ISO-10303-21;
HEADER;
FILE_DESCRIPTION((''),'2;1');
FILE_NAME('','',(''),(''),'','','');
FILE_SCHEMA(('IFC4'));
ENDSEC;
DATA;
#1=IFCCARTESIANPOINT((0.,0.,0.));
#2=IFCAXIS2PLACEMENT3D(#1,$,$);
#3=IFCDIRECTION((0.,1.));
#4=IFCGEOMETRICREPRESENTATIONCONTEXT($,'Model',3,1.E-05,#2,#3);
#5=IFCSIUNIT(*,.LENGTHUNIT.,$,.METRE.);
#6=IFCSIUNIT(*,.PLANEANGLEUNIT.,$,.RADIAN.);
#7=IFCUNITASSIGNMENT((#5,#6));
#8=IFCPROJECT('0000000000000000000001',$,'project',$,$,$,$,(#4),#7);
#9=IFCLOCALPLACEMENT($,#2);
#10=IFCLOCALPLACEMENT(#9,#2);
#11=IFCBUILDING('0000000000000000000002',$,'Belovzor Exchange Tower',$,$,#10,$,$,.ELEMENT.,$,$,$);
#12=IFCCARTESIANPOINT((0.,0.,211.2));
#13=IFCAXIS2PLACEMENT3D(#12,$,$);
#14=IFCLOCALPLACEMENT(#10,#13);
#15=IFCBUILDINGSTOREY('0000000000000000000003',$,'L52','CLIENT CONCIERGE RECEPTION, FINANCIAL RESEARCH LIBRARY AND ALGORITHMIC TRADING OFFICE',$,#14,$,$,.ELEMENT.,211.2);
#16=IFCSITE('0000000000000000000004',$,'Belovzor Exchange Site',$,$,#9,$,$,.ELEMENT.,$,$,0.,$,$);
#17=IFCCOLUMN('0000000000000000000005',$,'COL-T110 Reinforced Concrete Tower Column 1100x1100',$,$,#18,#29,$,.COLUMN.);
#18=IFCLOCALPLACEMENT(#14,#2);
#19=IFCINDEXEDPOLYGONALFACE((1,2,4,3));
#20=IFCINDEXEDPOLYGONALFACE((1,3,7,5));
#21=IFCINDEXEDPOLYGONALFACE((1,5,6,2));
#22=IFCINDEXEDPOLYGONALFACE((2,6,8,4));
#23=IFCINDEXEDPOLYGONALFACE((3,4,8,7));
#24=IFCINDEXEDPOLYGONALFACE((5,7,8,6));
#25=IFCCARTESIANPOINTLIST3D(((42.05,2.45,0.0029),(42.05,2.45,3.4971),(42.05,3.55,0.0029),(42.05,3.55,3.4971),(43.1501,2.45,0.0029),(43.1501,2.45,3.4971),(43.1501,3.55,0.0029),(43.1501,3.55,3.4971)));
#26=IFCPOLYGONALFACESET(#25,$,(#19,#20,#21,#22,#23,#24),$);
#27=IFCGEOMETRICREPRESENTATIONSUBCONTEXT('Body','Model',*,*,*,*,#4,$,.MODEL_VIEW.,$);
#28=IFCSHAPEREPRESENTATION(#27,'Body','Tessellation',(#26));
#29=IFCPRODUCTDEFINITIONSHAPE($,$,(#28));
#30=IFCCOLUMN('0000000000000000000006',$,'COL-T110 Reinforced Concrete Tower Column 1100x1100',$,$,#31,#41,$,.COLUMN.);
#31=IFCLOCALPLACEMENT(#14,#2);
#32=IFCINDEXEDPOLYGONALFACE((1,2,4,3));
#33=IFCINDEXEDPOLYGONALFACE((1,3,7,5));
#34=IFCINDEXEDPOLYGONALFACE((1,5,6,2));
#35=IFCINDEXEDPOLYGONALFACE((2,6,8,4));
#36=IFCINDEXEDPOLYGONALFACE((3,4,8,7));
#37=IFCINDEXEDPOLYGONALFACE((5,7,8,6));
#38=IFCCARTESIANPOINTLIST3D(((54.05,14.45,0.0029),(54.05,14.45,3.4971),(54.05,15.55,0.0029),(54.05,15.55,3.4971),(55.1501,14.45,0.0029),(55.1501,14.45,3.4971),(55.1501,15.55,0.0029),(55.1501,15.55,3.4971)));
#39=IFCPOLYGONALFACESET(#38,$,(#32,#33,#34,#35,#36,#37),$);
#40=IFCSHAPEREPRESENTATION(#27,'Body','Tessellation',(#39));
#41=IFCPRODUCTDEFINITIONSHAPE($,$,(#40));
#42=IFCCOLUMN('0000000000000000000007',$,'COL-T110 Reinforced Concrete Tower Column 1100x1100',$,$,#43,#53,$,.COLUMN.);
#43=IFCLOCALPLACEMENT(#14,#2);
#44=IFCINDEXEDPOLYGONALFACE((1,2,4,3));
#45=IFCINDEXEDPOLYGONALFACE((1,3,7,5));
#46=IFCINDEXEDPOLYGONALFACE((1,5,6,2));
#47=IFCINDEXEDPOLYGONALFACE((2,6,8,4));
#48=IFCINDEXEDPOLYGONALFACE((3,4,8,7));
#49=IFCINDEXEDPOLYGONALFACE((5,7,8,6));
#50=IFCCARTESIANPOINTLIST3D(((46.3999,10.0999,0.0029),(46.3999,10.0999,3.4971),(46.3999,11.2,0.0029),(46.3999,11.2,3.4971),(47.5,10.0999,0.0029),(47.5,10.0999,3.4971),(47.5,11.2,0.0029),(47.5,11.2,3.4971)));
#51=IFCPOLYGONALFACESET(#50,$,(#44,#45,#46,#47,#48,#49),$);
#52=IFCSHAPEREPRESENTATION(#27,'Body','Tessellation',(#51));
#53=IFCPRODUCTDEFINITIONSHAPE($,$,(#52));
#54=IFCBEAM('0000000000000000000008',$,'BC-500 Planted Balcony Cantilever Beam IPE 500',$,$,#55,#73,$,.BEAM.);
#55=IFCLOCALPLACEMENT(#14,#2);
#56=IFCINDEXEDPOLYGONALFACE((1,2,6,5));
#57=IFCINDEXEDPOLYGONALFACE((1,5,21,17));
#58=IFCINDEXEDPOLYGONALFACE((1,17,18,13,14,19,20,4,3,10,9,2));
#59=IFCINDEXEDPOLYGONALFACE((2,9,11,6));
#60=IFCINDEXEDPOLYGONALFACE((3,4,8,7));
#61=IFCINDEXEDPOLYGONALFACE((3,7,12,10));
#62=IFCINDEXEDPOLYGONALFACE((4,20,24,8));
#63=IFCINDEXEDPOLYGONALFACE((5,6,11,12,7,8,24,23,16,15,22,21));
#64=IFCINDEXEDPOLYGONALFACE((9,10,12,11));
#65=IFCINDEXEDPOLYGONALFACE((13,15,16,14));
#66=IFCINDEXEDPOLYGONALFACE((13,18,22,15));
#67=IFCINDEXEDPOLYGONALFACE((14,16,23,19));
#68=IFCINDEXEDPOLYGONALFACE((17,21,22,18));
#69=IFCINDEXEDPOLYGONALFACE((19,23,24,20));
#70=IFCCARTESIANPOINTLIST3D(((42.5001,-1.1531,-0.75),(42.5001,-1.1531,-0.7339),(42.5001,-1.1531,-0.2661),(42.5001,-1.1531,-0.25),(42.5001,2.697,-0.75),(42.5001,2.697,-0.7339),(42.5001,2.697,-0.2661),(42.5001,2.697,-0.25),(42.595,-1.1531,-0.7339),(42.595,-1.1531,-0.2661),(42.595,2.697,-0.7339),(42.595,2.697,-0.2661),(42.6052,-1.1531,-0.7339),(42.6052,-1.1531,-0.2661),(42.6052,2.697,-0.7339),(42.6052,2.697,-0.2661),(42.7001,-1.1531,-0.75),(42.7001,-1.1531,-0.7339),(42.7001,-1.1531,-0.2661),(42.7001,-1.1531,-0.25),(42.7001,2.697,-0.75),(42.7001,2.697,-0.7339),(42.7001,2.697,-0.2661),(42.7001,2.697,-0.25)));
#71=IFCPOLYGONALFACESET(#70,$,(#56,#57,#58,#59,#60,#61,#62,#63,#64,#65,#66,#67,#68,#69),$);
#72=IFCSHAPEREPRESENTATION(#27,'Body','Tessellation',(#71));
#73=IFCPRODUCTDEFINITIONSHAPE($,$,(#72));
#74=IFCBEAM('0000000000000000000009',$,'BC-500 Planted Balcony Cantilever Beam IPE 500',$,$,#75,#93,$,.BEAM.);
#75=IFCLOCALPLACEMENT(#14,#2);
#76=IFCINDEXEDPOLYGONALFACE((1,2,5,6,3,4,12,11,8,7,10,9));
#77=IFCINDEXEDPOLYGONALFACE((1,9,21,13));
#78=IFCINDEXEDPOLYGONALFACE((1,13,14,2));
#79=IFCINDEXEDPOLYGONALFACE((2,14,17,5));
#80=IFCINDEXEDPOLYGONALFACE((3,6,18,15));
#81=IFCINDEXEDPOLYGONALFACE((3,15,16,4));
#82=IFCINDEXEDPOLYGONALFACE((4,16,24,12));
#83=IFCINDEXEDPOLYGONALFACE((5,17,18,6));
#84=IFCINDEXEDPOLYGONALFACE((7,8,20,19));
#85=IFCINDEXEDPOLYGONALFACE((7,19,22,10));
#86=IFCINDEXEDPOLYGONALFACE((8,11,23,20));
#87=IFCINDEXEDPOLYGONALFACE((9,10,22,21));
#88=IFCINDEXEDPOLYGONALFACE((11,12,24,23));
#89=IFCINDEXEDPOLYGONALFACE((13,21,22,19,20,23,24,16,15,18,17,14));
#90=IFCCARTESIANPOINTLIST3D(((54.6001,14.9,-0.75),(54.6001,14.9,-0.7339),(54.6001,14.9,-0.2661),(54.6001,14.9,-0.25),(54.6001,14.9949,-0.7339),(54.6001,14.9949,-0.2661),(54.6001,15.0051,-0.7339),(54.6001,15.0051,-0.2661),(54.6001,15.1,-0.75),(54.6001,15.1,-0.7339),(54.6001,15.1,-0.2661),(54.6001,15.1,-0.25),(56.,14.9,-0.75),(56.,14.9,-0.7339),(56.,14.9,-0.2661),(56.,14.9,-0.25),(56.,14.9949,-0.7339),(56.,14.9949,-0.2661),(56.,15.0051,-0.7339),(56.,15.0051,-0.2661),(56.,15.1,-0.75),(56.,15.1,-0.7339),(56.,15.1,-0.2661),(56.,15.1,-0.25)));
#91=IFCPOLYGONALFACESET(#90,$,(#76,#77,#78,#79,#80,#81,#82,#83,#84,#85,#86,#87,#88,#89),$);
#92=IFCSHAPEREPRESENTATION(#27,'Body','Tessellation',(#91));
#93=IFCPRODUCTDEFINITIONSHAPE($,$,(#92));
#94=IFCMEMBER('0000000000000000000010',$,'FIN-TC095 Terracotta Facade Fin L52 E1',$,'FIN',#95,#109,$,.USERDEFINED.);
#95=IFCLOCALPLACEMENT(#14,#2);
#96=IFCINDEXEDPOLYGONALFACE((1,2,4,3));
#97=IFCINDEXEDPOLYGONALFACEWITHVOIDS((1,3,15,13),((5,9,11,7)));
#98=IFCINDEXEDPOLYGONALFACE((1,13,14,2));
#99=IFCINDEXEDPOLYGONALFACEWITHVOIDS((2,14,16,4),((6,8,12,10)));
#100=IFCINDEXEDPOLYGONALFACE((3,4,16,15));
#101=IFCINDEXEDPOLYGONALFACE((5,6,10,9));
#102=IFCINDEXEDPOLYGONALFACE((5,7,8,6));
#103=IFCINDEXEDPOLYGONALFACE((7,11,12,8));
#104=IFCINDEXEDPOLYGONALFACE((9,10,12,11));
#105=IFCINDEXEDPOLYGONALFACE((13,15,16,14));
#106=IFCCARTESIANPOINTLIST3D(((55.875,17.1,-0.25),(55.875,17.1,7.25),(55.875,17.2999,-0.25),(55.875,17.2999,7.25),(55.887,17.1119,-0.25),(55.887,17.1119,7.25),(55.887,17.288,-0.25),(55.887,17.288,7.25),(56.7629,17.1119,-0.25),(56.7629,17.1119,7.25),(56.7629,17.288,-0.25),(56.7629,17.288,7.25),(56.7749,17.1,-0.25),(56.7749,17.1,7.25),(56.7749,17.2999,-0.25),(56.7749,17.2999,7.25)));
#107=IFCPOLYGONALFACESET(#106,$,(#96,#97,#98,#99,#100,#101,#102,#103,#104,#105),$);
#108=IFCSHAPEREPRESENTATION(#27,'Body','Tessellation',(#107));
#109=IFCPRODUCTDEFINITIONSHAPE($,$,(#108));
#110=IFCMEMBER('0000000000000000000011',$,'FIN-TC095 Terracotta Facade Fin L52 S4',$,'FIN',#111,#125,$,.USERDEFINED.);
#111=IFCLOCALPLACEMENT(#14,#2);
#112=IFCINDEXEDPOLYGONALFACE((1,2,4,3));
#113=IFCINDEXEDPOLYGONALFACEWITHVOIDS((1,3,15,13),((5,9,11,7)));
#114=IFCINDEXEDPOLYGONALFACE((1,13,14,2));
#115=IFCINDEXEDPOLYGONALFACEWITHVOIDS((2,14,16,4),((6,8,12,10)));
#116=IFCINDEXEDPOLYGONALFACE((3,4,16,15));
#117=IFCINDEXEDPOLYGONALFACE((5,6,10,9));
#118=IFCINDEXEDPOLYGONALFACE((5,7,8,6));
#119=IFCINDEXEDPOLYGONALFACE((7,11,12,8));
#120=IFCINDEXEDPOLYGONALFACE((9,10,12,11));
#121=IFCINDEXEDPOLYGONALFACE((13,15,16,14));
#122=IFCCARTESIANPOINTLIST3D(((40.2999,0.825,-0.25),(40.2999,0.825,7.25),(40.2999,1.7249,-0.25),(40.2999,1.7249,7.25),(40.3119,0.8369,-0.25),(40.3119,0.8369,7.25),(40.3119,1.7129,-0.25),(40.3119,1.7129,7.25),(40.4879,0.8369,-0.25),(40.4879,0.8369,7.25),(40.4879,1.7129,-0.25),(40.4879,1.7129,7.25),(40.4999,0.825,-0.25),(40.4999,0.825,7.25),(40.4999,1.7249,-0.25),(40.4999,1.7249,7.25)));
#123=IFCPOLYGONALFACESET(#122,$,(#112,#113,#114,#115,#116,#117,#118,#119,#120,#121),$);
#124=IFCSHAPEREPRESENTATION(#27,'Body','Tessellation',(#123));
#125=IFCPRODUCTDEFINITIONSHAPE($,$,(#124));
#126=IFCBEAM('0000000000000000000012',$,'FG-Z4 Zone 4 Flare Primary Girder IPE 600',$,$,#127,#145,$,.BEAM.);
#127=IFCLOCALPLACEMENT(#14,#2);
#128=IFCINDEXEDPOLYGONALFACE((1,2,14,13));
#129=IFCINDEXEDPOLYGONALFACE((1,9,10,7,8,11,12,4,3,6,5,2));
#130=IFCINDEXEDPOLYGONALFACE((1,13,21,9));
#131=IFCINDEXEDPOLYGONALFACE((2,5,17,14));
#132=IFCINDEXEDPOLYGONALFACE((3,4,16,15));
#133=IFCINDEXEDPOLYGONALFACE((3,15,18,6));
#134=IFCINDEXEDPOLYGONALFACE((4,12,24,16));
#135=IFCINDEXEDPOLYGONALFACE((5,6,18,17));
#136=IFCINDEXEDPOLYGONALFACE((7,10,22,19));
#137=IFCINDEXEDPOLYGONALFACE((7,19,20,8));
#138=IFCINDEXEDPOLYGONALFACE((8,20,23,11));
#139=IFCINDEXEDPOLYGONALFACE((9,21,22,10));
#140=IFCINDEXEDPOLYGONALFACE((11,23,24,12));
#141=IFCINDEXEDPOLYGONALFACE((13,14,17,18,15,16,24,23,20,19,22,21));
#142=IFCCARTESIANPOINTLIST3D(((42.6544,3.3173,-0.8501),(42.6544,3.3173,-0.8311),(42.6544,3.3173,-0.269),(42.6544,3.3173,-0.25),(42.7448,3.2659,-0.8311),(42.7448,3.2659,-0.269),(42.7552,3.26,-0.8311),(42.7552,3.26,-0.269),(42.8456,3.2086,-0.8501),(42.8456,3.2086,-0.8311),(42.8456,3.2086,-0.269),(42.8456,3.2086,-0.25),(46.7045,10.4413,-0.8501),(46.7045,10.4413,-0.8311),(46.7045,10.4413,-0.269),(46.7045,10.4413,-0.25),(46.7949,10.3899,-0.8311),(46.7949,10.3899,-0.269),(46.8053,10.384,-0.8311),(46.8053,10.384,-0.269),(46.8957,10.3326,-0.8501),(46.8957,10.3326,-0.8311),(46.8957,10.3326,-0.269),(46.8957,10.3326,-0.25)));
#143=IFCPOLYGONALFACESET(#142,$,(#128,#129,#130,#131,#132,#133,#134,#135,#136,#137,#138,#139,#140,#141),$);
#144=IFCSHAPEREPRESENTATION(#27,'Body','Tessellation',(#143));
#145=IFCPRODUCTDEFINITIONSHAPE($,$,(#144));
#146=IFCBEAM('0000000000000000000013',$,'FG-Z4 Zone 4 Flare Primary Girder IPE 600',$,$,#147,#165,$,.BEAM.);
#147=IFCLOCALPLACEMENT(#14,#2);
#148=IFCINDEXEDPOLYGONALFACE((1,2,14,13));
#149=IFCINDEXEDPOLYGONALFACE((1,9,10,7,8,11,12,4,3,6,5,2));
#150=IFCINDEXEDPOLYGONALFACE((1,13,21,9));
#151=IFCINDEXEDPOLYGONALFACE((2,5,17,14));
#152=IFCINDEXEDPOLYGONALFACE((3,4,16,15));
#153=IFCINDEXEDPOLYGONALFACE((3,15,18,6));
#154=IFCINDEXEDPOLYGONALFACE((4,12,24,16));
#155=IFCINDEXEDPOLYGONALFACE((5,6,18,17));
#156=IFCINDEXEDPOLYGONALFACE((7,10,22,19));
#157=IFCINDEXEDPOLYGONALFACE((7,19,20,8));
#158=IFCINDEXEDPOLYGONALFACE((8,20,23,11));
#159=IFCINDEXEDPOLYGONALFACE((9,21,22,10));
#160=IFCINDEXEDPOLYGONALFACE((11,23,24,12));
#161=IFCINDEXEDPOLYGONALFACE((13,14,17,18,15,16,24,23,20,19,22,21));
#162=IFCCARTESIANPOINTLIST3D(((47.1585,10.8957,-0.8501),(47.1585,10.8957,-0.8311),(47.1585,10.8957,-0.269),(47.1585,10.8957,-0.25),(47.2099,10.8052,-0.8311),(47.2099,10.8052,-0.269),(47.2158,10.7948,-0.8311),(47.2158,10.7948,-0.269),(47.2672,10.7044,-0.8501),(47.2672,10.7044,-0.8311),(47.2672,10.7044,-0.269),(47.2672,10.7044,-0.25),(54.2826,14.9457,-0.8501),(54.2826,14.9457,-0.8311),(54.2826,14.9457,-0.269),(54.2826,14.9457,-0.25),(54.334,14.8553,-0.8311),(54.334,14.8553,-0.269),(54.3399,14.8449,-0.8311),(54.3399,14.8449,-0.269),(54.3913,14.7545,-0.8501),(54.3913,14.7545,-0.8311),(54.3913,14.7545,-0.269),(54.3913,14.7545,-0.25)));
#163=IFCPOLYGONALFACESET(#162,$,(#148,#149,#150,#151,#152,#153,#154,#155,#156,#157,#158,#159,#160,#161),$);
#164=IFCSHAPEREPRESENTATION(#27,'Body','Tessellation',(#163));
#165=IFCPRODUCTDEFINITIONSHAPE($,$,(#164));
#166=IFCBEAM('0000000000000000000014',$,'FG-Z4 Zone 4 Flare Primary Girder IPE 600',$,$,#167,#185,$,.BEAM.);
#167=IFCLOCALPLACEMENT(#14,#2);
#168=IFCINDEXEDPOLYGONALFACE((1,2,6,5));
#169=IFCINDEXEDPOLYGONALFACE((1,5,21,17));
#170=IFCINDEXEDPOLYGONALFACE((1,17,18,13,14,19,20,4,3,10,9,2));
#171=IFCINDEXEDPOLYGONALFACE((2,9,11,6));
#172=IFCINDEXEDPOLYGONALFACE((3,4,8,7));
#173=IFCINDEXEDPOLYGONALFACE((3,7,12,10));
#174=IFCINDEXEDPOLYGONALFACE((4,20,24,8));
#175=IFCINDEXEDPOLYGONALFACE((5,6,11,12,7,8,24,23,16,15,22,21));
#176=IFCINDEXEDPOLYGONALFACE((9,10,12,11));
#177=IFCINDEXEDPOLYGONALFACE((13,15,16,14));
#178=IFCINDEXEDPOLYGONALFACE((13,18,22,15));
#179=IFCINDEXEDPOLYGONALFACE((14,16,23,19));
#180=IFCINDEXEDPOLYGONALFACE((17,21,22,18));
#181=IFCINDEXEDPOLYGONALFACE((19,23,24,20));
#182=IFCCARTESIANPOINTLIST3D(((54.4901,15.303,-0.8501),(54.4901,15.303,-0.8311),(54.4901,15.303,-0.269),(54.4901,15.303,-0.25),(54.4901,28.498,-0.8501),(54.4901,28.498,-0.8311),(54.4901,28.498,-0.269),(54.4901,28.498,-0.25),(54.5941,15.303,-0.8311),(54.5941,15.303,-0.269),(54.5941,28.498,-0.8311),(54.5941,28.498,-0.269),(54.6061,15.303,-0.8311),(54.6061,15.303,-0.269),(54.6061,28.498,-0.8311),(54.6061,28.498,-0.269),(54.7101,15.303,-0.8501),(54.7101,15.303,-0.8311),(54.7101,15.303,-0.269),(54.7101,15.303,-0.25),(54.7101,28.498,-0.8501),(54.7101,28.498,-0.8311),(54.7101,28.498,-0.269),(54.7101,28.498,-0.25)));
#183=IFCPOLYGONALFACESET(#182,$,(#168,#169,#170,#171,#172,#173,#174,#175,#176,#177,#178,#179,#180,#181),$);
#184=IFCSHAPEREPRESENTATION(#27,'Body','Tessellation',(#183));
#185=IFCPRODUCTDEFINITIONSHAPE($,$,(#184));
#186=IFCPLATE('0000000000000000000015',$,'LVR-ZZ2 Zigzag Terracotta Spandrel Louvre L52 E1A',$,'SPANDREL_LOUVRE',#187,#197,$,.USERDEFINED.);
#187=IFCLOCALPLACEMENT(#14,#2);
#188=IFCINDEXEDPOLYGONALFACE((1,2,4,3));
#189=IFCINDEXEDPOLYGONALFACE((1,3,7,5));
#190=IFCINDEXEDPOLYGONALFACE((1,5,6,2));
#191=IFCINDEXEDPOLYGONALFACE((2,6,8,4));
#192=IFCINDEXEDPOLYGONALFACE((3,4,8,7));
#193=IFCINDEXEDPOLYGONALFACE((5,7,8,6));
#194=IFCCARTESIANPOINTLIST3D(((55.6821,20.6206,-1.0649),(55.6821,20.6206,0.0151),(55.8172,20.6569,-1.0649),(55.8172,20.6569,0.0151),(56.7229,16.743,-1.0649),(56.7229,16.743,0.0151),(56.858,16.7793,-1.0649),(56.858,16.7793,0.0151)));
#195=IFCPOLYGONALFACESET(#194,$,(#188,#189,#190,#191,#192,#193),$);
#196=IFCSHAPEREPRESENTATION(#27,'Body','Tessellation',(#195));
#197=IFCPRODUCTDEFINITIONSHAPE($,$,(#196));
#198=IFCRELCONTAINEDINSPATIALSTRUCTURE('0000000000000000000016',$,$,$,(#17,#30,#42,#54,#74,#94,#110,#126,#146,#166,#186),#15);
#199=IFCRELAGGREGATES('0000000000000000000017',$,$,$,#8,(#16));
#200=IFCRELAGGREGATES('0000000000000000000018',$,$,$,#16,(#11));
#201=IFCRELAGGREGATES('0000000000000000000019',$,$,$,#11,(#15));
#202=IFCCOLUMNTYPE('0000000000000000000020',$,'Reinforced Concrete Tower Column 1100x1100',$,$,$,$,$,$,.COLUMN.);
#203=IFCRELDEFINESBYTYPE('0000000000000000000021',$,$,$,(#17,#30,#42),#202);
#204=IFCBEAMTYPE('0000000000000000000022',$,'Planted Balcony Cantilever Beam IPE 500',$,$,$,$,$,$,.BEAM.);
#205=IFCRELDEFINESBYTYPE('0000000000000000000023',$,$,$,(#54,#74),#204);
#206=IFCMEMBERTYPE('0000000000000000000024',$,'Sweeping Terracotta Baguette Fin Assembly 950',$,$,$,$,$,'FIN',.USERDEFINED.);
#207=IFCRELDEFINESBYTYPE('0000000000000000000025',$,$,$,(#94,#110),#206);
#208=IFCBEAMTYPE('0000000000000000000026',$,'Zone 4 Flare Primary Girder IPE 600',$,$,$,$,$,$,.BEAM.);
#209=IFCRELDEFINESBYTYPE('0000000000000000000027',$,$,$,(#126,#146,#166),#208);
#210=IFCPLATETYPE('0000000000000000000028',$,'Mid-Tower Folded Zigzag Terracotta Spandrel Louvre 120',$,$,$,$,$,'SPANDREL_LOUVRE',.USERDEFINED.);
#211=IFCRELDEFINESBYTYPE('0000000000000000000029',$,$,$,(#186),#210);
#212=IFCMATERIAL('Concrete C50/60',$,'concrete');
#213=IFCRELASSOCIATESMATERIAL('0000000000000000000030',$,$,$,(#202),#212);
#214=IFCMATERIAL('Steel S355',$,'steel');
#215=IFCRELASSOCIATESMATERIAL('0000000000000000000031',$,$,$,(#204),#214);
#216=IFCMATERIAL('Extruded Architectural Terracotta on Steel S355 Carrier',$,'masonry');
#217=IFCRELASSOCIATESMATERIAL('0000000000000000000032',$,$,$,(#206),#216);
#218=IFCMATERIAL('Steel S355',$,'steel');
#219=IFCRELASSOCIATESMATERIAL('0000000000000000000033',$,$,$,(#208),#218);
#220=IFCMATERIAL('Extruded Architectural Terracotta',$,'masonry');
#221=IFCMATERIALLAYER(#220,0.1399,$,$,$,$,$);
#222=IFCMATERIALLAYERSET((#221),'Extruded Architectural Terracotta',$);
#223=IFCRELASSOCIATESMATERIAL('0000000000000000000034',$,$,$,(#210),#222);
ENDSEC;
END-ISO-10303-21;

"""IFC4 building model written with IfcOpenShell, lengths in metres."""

from ifc_helpers import new_model, si_unit, direction, frame, origin, origin_2d, place, context, subcontext, project, spatial, rectangle, hollow_rectangle, i_section, extrude, material, layer, layer_set, material_profile, profile_set, type_object, element, save


model = new_model("IFC4")

# Units and contexts
model_context = context("Model", 3, precision=1e-05, world=origin(), true_north=direction((0.0, 1.0)))
body_context = subcontext(model_context, "Body", "Model", "MODEL_VIEW")
ifc_project = project(units=[si_unit("LENGTHUNIT", "METRE"), si_unit("PLANEANGLEUNIT", "RADIAN")], contexts=[model_context])

# Site, building, storey
site_placement = place(None, origin())
site = spatial("IfcSite", under=ifc_project, at=site_placement, Name="Belovzor Exchange Site", CompositionType="ELEMENT", RefElevation=0.0)
building_placement = place(site_placement, origin())
building = spatial("IfcBuilding", under=site, at=building_placement, Name="Belovzor Exchange Tower", CompositionType="ELEMENT")
storey_placement = place(building_placement, frame((0.0, 0.0, 211.2)))
storey = spatial("IfcBuildingStorey", under=building, at=storey_placement, Name="L52", Description="CLIENT CONCIERGE RECEPTION, FINANCIAL RESEARCH LIBRARY AND ALGORITHMIC TRADING OFFICE", CompositionType="ELEMENT", Elevation=211.2)

# Columns
ifc_material_1 = material(Name="Concrete C50/60", Category="concrete")
ifc_material_profile_1 = material_profile(ifc_material_1, rectangle(XDim=1.1001, YDim=1.1001, at=origin_2d()))
ifc_profile_set_1 = profile_set([ifc_material_profile_1], Name="Concrete C50/60")
column_type = type_object("IfcColumnType", Name="Reinforced Concrete Tower Column 1100x1100", PredefinedType="COLUMN", material=ifc_profile_set_1)
for number, where, z_axis, x_axis, name in (
    (1, (42.6001, 3.0, 0.0029), (0.0, 0.0, 1.0), (1.0, 0.0, 0.0), "COL-T110 Reinforced Concrete Tower Column 1100x1100"),
    (2, (54.6001, 15.0, 0.0029), (0.0, 0.0, 1.0), (1.0, 0.0, 0.0), "COL-T110 Reinforced Concrete Tower Column 1100x1100"),
    (3, (46.95, 10.6499, 0.0029), (0.0, 0.0, 1.0), (1.0, 0.0, 0.0), "COL-T110 Reinforced Concrete Tower Column 1100x1100"),
):
    element("IfcColumn", number, at=place(storey_placement, frame(where, z_axis=z_axis, x_axis=x_axis)), inside=storey, type_object=column_type, Name=name, PredefinedType="COLUMN", context=body_context, shape_type="SweptSolid", body=[
        extrude(rectangle(XDim=1.1001, YDim=1.1001, at=origin_2d()), origin(), (0.0, 0.0, 1.0), 3.4941),
    ])

# Beams
ifc_material_2 = material(Name="Steel S355", Category="steel")
ifc_material_profile_2 = material_profile(ifc_material_2, i_section(OverallWidth=0.2, OverallDepth=0.5, WebThickness=0.0103, FlangeThickness=0.0161, at=origin_2d()))
ifc_profile_set_2 = profile_set([ifc_material_profile_2], Name="Steel S355")
beam_type_1 = type_object("IfcBeamType", Name="Planted Balcony Cantilever Beam IPE 500", PredefinedType="BEAM", material=ifc_profile_set_2)
beam_1_placement = place(storey_placement, frame((42.6001, 2.697, -0.5), z_axis=(0.0, -1.0, 0.0), x_axis=(1.0, 0.0, 0.0)))
element("IfcBeam", 4, at=beam_1_placement, inside=storey, type_object=beam_type_1, Name="BC-500 Planted Balcony Cantilever Beam IPE 500", PredefinedType="BEAM", context=body_context, shape_type="SweptSolid", body=[
    extrude(i_section(OverallWidth=0.2, OverallDepth=0.5, WebThickness=0.0103, FlangeThickness=0.0161, at=origin_2d()), origin(), (0.0, 0.0, 1.0), 3.8501),
])
beam_2_placement = place(storey_placement, frame((54.6001, 15.0, -0.5), z_axis=(1.0, 0.0, 0.0), x_axis=(0.0, 1.0, 0.0)))
element("IfcBeam", 5, at=beam_2_placement, inside=storey, type_object=beam_type_1, Name="BC-500 Planted Balcony Cantilever Beam IPE 500", PredefinedType="BEAM", context=body_context, shape_type="SweptSolid", body=[
    extrude(i_section(OverallWidth=0.2, OverallDepth=0.5, WebThickness=0.0103, FlangeThickness=0.0161, at=origin_2d()), origin(), (0.0, 0.0, 1.0), 1.3999),
])

# Members
ifc_material_3 = material(Name="Extruded Architectural Terracotta on Steel S355 Carrier", Category="masonry")
ifc_material_profile_3 = material_profile(ifc_material_3, hollow_rectangle(XDim=0.2, YDim=0.8999, WallThickness=0.012, at=origin_2d()))
ifc_profile_set_3 = profile_set([ifc_material_profile_3], Name="Extruded Architectural Terracotta on Steel S355 Carrier")
member_type = type_object("IfcMemberType", Name="Sweeping Terracotta Baguette Fin Assembly 950", ElementType="FIN", PredefinedType="USERDEFINED", material=ifc_profile_set_3)
for number, where, z_axis, x_axis, name in (
    (6, (56.325, 17.2, -0.25), (0.0, 0.0, 1.0), (0.0, 1.0, 0.0), "FIN-TC095 Terracotta Facade Fin L52 E1"),
    (7, (40.3999, 1.2749, -0.25), (0.0, 0.0, 1.0), (1.0, 0.0, 0.0), "FIN-TC095 Terracotta Facade Fin L52 S4"),
):
    element("IfcMember", number, at=place(storey_placement, frame(where, z_axis=z_axis, x_axis=x_axis)), inside=storey, type_object=member_type, Name=name, ObjectType="FIN", PredefinedType="USERDEFINED", context=body_context, shape_type="SweptSolid", body=[
        extrude(hollow_rectangle(XDim=0.2, YDim=0.8999, WallThickness=0.012, at=origin_2d()), origin(), (0.0, 0.0, 1.0), 7.5),
    ])

# Beams
ifc_material_4 = material(Name="Steel S355", Category="steel")
ifc_material_profile_4 = material_profile(ifc_material_4, i_section(OverallWidth=0.22, OverallDepth=0.6001, WebThickness=0.012, FlangeThickness=0.019, at=origin_2d()))
ifc_profile_set_4 = profile_set([ifc_material_profile_4], Name="Steel S355")
beam_type_2 = type_object("IfcBeamType", Name="Zone 4 Flare Primary Girder IPE 600", PredefinedType="BEAM", material=ifc_profile_set_4)
for number, where, z_axis, x_axis, name in (
    (8, (42.75, 3.2629, -0.55), (0.494222, 0.869336, 0.0), (-0.869336, 0.494222, 0.0), "FG-Z4 Zone 4 Flare Primary Girder IPE 600"),
    (9, (47.2129, 10.8, -0.55), (0.869336, 0.494222, 0.0), (-0.494222, 0.869336, 0.0), "FG-Z4 Zone 4 Flare Primary Girder IPE 600"),
):
    element("IfcBeam", number, at=place(storey_placement, frame(where, z_axis=z_axis, x_axis=x_axis)), inside=storey, type_object=beam_type_2, Name=name, PredefinedType="BEAM", context=body_context, shape_type="SweptSolid", body=[
        extrude(i_section(OverallWidth=0.22, OverallDepth=0.6001, WebThickness=0.012, FlangeThickness=0.019, at=origin_2d()), origin(), (0.0, 0.0, 1.0), 8.1948),
    ])
beam_3_placement = place(storey_placement, frame((54.6001, 15.303, -0.55), z_axis=(0.0, 1.0, 0.0), x_axis=(-1.0, 0.0, 0.0)))
element("IfcBeam", 10, at=beam_3_placement, inside=storey, type_object=beam_type_2, Name="FG-Z4 Zone 4 Flare Primary Girder IPE 600", PredefinedType="BEAM", context=body_context, shape_type="SweptSolid", body=[
    extrude(i_section(OverallWidth=0.22, OverallDepth=0.6001, WebThickness=0.012, FlangeThickness=0.019, at=origin_2d()), origin(), (0.0, 0.0, 1.0), 13.1951),
])

# Plate
ifc_material_5 = material(Name="Extruded Architectural Terracotta", Category="masonry")
ifc_layer_1 = layer(ifc_material_5, 0.1399)
ifc_layer_set_1 = layer_set([ifc_layer_1], Name="Extruded Architectural Terracotta")
plate_type = type_object("IfcPlateType", Name="Mid-Tower Folded Zigzag Terracotta Spandrel Louvre 120", ElementType="SPANDREL_LOUVRE", PredefinedType="USERDEFINED", material=ifc_layer_set_1)
plate_placement = place(storey_placement, frame((56.27, 18.7, -1.0649), z_axis=(0.0, 0.0, 1.0), x_axis=(-0.25924, 0.965813, 0.0)))
element("IfcPlate", 11, at=plate_placement, inside=storey, type_object=plate_type, Name="LVR-ZZ2 Zigzag Terracotta Spandrel Louvre L52 E1A", ObjectType="SPANDREL_LOUVRE", PredefinedType="USERDEFINED", context=body_context, shape_type="SweptSolid", body=[
    extrude(rectangle(XDim=4.0149, YDim=0.1399, at=origin_2d()), origin(), (0.0, 0.0, 1.0), 1.0801),
])

save(model, "model.ifc")
